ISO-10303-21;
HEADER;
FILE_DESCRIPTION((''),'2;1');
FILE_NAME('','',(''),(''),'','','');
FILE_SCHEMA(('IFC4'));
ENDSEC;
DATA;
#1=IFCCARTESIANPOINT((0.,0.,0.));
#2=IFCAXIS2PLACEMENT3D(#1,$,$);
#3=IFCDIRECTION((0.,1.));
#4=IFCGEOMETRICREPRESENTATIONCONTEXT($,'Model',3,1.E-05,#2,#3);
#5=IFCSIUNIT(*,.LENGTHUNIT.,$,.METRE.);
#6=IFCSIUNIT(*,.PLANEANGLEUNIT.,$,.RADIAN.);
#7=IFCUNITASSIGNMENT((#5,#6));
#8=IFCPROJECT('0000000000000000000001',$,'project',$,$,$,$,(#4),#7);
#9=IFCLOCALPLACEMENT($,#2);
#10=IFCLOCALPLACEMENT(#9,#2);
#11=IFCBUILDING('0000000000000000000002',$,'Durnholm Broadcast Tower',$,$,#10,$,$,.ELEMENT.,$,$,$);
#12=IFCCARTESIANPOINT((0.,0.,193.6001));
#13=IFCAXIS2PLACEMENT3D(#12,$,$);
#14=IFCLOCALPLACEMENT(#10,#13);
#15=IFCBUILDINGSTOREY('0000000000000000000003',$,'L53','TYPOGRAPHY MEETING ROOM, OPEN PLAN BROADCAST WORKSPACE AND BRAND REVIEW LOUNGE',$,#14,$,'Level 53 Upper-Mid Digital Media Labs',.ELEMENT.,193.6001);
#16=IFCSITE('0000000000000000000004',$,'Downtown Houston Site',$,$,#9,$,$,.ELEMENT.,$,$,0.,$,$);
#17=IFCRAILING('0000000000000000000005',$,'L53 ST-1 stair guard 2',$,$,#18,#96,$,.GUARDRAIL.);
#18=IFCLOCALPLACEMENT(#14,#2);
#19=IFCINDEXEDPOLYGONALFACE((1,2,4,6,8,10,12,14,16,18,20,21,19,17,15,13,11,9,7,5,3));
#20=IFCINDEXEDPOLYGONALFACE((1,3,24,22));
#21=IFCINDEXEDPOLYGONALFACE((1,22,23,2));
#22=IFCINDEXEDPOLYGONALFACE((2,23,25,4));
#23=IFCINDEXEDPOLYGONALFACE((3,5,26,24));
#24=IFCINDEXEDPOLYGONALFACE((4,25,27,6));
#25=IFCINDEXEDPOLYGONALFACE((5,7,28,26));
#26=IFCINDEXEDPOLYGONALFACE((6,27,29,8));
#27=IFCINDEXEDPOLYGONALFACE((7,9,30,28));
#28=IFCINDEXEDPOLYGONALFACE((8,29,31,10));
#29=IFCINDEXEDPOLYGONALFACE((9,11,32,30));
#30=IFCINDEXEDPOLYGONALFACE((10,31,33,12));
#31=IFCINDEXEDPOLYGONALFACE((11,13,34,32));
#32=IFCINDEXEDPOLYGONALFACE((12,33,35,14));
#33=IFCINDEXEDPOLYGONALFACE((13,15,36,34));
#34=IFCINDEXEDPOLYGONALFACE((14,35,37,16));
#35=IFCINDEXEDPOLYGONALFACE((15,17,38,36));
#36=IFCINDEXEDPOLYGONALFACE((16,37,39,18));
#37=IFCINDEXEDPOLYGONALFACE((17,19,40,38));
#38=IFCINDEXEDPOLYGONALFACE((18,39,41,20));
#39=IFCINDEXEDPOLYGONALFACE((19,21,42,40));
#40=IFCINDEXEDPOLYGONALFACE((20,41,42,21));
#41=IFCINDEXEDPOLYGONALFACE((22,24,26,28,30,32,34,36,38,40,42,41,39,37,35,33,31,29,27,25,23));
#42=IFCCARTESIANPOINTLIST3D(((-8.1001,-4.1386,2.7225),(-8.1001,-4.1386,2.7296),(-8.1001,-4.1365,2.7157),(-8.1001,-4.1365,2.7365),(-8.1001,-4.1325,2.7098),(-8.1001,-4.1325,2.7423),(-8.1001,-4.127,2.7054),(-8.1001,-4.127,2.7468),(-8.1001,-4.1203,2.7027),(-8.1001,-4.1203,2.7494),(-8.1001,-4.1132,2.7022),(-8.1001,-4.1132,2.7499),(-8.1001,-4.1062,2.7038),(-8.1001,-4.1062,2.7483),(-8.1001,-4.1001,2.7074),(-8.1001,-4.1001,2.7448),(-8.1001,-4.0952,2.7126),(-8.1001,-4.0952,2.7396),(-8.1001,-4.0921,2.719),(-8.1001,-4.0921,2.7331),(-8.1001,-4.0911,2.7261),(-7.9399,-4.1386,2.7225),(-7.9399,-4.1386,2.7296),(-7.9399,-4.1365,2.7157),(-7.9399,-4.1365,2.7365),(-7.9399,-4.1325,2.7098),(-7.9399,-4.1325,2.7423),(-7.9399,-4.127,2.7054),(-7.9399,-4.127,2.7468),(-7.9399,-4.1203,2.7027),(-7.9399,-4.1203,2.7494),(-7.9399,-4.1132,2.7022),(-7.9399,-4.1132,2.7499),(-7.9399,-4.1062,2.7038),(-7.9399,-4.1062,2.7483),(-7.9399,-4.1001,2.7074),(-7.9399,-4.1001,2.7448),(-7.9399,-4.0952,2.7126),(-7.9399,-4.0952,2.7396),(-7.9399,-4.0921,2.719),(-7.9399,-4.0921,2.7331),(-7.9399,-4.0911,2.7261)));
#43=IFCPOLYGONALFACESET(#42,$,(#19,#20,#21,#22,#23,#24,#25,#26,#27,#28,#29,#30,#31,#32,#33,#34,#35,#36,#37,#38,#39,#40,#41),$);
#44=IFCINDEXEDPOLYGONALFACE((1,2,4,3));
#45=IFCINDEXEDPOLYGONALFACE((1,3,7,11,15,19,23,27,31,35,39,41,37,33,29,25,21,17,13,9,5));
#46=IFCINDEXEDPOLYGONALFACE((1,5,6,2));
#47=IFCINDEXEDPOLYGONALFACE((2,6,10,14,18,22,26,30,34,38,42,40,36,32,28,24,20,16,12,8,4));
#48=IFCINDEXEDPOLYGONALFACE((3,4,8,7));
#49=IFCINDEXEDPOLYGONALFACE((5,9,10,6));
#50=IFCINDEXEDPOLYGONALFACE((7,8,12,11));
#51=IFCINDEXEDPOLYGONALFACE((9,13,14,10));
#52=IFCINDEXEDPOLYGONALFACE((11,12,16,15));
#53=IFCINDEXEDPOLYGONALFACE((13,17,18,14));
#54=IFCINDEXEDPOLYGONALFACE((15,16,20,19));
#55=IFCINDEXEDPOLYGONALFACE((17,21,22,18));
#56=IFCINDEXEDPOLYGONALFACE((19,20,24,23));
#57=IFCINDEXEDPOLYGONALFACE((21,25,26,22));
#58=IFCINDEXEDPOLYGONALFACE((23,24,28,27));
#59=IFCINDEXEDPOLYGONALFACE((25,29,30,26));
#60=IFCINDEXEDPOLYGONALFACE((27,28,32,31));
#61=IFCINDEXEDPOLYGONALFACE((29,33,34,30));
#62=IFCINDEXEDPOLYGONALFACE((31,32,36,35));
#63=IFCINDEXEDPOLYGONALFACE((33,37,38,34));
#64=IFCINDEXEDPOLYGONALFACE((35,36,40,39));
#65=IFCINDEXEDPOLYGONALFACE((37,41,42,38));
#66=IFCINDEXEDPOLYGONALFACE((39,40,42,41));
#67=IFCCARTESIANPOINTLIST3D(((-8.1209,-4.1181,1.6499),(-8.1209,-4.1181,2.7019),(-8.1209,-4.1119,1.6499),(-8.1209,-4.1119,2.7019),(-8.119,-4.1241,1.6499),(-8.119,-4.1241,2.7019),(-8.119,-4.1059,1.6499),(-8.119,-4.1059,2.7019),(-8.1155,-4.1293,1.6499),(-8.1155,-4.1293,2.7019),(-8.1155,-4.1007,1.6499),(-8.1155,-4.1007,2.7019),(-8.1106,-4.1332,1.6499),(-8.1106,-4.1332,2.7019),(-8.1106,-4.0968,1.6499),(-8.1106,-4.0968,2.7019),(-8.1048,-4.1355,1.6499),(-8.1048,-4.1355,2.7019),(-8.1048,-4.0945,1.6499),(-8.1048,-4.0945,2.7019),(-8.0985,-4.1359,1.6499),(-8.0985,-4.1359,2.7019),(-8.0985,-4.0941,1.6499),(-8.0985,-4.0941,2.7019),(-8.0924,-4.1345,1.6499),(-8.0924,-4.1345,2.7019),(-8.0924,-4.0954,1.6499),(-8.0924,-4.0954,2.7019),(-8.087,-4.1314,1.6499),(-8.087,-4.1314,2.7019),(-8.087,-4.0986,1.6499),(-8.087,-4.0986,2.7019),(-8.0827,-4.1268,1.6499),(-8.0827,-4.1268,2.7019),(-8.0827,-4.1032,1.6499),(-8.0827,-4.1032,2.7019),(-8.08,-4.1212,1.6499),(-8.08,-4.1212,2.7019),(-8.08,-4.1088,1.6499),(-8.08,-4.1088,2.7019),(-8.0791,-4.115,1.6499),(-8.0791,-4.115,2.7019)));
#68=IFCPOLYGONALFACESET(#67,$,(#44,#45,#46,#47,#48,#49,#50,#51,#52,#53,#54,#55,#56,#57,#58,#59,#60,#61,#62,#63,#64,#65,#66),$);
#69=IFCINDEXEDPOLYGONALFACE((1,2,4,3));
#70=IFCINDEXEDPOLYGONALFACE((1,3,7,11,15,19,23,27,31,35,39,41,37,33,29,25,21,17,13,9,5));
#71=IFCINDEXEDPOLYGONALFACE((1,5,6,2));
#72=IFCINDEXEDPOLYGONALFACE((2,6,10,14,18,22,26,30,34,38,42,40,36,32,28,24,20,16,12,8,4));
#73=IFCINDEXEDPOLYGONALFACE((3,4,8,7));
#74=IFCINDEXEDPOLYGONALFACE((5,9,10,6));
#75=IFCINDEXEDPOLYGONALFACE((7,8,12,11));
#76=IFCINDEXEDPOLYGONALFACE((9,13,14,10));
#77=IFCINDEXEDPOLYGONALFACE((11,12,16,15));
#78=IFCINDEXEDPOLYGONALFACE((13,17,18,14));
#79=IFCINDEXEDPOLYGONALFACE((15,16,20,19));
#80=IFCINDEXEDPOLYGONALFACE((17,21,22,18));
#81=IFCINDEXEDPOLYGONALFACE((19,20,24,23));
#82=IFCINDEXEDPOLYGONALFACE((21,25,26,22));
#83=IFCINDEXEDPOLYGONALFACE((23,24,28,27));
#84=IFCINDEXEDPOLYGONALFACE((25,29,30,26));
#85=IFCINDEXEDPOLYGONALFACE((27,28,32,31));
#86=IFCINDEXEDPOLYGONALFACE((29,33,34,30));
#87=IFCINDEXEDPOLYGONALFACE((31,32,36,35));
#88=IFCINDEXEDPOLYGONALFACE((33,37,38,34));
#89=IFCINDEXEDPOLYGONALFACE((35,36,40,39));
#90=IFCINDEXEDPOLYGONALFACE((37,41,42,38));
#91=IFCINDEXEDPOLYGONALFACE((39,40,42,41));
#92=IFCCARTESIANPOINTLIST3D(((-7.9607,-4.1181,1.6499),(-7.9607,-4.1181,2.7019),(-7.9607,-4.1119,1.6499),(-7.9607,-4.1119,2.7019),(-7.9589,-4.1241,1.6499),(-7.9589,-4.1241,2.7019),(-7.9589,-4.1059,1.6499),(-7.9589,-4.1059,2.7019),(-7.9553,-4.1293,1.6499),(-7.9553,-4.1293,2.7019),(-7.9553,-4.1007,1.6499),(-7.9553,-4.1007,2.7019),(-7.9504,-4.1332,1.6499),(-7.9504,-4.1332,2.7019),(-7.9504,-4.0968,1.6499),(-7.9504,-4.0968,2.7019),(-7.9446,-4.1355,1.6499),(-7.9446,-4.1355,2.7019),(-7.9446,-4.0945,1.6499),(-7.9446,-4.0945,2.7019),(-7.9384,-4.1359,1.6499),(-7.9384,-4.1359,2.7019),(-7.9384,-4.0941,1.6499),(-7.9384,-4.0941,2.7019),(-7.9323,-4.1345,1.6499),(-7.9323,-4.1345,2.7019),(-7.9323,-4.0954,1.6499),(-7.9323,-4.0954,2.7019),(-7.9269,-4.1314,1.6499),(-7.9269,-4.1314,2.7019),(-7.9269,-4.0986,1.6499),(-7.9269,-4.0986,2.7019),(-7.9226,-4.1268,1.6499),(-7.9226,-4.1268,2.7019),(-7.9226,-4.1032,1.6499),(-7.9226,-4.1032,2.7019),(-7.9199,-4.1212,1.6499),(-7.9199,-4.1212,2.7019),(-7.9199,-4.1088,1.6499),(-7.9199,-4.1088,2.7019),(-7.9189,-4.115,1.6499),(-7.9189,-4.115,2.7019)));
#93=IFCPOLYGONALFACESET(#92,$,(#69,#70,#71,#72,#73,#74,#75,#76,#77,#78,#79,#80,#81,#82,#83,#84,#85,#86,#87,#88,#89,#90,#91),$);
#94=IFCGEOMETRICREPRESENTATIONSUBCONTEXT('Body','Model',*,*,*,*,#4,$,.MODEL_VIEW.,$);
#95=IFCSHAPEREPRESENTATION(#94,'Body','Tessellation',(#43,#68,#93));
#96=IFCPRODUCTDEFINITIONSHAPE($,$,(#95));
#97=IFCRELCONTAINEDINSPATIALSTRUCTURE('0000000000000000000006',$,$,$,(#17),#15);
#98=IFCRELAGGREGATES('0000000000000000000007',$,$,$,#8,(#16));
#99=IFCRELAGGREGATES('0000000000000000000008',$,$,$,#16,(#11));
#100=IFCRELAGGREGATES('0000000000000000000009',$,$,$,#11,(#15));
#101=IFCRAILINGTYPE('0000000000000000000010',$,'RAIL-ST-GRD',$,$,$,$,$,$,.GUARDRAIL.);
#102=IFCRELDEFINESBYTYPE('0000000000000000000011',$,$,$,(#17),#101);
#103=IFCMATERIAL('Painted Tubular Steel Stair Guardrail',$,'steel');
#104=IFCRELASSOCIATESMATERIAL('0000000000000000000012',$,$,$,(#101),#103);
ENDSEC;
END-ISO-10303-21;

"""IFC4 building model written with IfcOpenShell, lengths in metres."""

from ifc_helpers import new_model, si_unit, direction, frame, origin, origin_2d, place, context, subcontext, project, spatial, circle, extrude, material, type_object, element, save


model = new_model("IFC4")

# Units and contexts
model_context = context("Model", 3, precision=1e-05, world=origin(), true_north=direction((0.0, 1.0)))
body_context = subcontext(model_context, "Body", "Model", "MODEL_VIEW")
ifc_project = project(units=[si_unit("LENGTHUNIT", "METRE"), si_unit("PLANEANGLEUNIT", "RADIAN")], contexts=[model_context])

# Site, building, storey
site_placement = place(None, origin())
site = spatial("IfcSite", under=ifc_project, at=site_placement, Name="Downtown Houston Site", CompositionType="ELEMENT", RefElevation=0.0)
building_placement = place(site_placement, origin())
building = spatial("IfcBuilding", under=site, at=building_placement, Name="Durnholm Broadcast Tower", CompositionType="ELEMENT")
storey_placement = place(building_placement, frame((0.0, 0.0, 193.6001)))
storey = spatial("IfcBuildingStorey", under=building, at=storey_placement, Name="L53", Description="TYPOGRAPHY MEETING ROOM, OPEN PLAN BROADCAST WORKSPACE AND BRAND REVIEW LOUNGE", LongName="Level 53 Upper-Mid Digital Media Labs", CompositionType="ELEMENT", Elevation=193.6001)

# Railing
ifc_material_1 = material(Name="Painted Tubular Steel Stair Guardrail", Category="steel")
railing_type_1 = type_object("IfcRailingType", Name="RAIL-ST-GRD", PredefinedType="GUARDRAIL", material=ifc_material_1)
railing_1_placement = place(storey_placement, frame((-8.1001, -4.115, 1.6499)))
element("IfcRailing", 1, at=railing_1_placement, inside=storey, type_object=railing_type_1, Name="L53 ST-1 stair guard 2", PredefinedType="GUARDRAIL", context=body_context, shape_type="SweptSolid", body=[
    extrude(circle(Radius=0.0239, at=origin_2d()), frame((0.0, 0.0, 1.0762), z_axis=(1.0, 0.0, 0.0), x_axis=(0.0, 1.0, 0.0)), (0.0, 0.0, 1.0), 0.1602),
    extrude(circle(Radius=0.021, at=origin_2d()), origin(), (0.0, 0.0, 1.0), 1.052),
    extrude(circle(Radius=0.021, at=origin_2d()), frame((0.1602, 0.0, 0.0)), (0.0, 0.0, 1.0), 1.052),
])

save(model, "model.ifc")
